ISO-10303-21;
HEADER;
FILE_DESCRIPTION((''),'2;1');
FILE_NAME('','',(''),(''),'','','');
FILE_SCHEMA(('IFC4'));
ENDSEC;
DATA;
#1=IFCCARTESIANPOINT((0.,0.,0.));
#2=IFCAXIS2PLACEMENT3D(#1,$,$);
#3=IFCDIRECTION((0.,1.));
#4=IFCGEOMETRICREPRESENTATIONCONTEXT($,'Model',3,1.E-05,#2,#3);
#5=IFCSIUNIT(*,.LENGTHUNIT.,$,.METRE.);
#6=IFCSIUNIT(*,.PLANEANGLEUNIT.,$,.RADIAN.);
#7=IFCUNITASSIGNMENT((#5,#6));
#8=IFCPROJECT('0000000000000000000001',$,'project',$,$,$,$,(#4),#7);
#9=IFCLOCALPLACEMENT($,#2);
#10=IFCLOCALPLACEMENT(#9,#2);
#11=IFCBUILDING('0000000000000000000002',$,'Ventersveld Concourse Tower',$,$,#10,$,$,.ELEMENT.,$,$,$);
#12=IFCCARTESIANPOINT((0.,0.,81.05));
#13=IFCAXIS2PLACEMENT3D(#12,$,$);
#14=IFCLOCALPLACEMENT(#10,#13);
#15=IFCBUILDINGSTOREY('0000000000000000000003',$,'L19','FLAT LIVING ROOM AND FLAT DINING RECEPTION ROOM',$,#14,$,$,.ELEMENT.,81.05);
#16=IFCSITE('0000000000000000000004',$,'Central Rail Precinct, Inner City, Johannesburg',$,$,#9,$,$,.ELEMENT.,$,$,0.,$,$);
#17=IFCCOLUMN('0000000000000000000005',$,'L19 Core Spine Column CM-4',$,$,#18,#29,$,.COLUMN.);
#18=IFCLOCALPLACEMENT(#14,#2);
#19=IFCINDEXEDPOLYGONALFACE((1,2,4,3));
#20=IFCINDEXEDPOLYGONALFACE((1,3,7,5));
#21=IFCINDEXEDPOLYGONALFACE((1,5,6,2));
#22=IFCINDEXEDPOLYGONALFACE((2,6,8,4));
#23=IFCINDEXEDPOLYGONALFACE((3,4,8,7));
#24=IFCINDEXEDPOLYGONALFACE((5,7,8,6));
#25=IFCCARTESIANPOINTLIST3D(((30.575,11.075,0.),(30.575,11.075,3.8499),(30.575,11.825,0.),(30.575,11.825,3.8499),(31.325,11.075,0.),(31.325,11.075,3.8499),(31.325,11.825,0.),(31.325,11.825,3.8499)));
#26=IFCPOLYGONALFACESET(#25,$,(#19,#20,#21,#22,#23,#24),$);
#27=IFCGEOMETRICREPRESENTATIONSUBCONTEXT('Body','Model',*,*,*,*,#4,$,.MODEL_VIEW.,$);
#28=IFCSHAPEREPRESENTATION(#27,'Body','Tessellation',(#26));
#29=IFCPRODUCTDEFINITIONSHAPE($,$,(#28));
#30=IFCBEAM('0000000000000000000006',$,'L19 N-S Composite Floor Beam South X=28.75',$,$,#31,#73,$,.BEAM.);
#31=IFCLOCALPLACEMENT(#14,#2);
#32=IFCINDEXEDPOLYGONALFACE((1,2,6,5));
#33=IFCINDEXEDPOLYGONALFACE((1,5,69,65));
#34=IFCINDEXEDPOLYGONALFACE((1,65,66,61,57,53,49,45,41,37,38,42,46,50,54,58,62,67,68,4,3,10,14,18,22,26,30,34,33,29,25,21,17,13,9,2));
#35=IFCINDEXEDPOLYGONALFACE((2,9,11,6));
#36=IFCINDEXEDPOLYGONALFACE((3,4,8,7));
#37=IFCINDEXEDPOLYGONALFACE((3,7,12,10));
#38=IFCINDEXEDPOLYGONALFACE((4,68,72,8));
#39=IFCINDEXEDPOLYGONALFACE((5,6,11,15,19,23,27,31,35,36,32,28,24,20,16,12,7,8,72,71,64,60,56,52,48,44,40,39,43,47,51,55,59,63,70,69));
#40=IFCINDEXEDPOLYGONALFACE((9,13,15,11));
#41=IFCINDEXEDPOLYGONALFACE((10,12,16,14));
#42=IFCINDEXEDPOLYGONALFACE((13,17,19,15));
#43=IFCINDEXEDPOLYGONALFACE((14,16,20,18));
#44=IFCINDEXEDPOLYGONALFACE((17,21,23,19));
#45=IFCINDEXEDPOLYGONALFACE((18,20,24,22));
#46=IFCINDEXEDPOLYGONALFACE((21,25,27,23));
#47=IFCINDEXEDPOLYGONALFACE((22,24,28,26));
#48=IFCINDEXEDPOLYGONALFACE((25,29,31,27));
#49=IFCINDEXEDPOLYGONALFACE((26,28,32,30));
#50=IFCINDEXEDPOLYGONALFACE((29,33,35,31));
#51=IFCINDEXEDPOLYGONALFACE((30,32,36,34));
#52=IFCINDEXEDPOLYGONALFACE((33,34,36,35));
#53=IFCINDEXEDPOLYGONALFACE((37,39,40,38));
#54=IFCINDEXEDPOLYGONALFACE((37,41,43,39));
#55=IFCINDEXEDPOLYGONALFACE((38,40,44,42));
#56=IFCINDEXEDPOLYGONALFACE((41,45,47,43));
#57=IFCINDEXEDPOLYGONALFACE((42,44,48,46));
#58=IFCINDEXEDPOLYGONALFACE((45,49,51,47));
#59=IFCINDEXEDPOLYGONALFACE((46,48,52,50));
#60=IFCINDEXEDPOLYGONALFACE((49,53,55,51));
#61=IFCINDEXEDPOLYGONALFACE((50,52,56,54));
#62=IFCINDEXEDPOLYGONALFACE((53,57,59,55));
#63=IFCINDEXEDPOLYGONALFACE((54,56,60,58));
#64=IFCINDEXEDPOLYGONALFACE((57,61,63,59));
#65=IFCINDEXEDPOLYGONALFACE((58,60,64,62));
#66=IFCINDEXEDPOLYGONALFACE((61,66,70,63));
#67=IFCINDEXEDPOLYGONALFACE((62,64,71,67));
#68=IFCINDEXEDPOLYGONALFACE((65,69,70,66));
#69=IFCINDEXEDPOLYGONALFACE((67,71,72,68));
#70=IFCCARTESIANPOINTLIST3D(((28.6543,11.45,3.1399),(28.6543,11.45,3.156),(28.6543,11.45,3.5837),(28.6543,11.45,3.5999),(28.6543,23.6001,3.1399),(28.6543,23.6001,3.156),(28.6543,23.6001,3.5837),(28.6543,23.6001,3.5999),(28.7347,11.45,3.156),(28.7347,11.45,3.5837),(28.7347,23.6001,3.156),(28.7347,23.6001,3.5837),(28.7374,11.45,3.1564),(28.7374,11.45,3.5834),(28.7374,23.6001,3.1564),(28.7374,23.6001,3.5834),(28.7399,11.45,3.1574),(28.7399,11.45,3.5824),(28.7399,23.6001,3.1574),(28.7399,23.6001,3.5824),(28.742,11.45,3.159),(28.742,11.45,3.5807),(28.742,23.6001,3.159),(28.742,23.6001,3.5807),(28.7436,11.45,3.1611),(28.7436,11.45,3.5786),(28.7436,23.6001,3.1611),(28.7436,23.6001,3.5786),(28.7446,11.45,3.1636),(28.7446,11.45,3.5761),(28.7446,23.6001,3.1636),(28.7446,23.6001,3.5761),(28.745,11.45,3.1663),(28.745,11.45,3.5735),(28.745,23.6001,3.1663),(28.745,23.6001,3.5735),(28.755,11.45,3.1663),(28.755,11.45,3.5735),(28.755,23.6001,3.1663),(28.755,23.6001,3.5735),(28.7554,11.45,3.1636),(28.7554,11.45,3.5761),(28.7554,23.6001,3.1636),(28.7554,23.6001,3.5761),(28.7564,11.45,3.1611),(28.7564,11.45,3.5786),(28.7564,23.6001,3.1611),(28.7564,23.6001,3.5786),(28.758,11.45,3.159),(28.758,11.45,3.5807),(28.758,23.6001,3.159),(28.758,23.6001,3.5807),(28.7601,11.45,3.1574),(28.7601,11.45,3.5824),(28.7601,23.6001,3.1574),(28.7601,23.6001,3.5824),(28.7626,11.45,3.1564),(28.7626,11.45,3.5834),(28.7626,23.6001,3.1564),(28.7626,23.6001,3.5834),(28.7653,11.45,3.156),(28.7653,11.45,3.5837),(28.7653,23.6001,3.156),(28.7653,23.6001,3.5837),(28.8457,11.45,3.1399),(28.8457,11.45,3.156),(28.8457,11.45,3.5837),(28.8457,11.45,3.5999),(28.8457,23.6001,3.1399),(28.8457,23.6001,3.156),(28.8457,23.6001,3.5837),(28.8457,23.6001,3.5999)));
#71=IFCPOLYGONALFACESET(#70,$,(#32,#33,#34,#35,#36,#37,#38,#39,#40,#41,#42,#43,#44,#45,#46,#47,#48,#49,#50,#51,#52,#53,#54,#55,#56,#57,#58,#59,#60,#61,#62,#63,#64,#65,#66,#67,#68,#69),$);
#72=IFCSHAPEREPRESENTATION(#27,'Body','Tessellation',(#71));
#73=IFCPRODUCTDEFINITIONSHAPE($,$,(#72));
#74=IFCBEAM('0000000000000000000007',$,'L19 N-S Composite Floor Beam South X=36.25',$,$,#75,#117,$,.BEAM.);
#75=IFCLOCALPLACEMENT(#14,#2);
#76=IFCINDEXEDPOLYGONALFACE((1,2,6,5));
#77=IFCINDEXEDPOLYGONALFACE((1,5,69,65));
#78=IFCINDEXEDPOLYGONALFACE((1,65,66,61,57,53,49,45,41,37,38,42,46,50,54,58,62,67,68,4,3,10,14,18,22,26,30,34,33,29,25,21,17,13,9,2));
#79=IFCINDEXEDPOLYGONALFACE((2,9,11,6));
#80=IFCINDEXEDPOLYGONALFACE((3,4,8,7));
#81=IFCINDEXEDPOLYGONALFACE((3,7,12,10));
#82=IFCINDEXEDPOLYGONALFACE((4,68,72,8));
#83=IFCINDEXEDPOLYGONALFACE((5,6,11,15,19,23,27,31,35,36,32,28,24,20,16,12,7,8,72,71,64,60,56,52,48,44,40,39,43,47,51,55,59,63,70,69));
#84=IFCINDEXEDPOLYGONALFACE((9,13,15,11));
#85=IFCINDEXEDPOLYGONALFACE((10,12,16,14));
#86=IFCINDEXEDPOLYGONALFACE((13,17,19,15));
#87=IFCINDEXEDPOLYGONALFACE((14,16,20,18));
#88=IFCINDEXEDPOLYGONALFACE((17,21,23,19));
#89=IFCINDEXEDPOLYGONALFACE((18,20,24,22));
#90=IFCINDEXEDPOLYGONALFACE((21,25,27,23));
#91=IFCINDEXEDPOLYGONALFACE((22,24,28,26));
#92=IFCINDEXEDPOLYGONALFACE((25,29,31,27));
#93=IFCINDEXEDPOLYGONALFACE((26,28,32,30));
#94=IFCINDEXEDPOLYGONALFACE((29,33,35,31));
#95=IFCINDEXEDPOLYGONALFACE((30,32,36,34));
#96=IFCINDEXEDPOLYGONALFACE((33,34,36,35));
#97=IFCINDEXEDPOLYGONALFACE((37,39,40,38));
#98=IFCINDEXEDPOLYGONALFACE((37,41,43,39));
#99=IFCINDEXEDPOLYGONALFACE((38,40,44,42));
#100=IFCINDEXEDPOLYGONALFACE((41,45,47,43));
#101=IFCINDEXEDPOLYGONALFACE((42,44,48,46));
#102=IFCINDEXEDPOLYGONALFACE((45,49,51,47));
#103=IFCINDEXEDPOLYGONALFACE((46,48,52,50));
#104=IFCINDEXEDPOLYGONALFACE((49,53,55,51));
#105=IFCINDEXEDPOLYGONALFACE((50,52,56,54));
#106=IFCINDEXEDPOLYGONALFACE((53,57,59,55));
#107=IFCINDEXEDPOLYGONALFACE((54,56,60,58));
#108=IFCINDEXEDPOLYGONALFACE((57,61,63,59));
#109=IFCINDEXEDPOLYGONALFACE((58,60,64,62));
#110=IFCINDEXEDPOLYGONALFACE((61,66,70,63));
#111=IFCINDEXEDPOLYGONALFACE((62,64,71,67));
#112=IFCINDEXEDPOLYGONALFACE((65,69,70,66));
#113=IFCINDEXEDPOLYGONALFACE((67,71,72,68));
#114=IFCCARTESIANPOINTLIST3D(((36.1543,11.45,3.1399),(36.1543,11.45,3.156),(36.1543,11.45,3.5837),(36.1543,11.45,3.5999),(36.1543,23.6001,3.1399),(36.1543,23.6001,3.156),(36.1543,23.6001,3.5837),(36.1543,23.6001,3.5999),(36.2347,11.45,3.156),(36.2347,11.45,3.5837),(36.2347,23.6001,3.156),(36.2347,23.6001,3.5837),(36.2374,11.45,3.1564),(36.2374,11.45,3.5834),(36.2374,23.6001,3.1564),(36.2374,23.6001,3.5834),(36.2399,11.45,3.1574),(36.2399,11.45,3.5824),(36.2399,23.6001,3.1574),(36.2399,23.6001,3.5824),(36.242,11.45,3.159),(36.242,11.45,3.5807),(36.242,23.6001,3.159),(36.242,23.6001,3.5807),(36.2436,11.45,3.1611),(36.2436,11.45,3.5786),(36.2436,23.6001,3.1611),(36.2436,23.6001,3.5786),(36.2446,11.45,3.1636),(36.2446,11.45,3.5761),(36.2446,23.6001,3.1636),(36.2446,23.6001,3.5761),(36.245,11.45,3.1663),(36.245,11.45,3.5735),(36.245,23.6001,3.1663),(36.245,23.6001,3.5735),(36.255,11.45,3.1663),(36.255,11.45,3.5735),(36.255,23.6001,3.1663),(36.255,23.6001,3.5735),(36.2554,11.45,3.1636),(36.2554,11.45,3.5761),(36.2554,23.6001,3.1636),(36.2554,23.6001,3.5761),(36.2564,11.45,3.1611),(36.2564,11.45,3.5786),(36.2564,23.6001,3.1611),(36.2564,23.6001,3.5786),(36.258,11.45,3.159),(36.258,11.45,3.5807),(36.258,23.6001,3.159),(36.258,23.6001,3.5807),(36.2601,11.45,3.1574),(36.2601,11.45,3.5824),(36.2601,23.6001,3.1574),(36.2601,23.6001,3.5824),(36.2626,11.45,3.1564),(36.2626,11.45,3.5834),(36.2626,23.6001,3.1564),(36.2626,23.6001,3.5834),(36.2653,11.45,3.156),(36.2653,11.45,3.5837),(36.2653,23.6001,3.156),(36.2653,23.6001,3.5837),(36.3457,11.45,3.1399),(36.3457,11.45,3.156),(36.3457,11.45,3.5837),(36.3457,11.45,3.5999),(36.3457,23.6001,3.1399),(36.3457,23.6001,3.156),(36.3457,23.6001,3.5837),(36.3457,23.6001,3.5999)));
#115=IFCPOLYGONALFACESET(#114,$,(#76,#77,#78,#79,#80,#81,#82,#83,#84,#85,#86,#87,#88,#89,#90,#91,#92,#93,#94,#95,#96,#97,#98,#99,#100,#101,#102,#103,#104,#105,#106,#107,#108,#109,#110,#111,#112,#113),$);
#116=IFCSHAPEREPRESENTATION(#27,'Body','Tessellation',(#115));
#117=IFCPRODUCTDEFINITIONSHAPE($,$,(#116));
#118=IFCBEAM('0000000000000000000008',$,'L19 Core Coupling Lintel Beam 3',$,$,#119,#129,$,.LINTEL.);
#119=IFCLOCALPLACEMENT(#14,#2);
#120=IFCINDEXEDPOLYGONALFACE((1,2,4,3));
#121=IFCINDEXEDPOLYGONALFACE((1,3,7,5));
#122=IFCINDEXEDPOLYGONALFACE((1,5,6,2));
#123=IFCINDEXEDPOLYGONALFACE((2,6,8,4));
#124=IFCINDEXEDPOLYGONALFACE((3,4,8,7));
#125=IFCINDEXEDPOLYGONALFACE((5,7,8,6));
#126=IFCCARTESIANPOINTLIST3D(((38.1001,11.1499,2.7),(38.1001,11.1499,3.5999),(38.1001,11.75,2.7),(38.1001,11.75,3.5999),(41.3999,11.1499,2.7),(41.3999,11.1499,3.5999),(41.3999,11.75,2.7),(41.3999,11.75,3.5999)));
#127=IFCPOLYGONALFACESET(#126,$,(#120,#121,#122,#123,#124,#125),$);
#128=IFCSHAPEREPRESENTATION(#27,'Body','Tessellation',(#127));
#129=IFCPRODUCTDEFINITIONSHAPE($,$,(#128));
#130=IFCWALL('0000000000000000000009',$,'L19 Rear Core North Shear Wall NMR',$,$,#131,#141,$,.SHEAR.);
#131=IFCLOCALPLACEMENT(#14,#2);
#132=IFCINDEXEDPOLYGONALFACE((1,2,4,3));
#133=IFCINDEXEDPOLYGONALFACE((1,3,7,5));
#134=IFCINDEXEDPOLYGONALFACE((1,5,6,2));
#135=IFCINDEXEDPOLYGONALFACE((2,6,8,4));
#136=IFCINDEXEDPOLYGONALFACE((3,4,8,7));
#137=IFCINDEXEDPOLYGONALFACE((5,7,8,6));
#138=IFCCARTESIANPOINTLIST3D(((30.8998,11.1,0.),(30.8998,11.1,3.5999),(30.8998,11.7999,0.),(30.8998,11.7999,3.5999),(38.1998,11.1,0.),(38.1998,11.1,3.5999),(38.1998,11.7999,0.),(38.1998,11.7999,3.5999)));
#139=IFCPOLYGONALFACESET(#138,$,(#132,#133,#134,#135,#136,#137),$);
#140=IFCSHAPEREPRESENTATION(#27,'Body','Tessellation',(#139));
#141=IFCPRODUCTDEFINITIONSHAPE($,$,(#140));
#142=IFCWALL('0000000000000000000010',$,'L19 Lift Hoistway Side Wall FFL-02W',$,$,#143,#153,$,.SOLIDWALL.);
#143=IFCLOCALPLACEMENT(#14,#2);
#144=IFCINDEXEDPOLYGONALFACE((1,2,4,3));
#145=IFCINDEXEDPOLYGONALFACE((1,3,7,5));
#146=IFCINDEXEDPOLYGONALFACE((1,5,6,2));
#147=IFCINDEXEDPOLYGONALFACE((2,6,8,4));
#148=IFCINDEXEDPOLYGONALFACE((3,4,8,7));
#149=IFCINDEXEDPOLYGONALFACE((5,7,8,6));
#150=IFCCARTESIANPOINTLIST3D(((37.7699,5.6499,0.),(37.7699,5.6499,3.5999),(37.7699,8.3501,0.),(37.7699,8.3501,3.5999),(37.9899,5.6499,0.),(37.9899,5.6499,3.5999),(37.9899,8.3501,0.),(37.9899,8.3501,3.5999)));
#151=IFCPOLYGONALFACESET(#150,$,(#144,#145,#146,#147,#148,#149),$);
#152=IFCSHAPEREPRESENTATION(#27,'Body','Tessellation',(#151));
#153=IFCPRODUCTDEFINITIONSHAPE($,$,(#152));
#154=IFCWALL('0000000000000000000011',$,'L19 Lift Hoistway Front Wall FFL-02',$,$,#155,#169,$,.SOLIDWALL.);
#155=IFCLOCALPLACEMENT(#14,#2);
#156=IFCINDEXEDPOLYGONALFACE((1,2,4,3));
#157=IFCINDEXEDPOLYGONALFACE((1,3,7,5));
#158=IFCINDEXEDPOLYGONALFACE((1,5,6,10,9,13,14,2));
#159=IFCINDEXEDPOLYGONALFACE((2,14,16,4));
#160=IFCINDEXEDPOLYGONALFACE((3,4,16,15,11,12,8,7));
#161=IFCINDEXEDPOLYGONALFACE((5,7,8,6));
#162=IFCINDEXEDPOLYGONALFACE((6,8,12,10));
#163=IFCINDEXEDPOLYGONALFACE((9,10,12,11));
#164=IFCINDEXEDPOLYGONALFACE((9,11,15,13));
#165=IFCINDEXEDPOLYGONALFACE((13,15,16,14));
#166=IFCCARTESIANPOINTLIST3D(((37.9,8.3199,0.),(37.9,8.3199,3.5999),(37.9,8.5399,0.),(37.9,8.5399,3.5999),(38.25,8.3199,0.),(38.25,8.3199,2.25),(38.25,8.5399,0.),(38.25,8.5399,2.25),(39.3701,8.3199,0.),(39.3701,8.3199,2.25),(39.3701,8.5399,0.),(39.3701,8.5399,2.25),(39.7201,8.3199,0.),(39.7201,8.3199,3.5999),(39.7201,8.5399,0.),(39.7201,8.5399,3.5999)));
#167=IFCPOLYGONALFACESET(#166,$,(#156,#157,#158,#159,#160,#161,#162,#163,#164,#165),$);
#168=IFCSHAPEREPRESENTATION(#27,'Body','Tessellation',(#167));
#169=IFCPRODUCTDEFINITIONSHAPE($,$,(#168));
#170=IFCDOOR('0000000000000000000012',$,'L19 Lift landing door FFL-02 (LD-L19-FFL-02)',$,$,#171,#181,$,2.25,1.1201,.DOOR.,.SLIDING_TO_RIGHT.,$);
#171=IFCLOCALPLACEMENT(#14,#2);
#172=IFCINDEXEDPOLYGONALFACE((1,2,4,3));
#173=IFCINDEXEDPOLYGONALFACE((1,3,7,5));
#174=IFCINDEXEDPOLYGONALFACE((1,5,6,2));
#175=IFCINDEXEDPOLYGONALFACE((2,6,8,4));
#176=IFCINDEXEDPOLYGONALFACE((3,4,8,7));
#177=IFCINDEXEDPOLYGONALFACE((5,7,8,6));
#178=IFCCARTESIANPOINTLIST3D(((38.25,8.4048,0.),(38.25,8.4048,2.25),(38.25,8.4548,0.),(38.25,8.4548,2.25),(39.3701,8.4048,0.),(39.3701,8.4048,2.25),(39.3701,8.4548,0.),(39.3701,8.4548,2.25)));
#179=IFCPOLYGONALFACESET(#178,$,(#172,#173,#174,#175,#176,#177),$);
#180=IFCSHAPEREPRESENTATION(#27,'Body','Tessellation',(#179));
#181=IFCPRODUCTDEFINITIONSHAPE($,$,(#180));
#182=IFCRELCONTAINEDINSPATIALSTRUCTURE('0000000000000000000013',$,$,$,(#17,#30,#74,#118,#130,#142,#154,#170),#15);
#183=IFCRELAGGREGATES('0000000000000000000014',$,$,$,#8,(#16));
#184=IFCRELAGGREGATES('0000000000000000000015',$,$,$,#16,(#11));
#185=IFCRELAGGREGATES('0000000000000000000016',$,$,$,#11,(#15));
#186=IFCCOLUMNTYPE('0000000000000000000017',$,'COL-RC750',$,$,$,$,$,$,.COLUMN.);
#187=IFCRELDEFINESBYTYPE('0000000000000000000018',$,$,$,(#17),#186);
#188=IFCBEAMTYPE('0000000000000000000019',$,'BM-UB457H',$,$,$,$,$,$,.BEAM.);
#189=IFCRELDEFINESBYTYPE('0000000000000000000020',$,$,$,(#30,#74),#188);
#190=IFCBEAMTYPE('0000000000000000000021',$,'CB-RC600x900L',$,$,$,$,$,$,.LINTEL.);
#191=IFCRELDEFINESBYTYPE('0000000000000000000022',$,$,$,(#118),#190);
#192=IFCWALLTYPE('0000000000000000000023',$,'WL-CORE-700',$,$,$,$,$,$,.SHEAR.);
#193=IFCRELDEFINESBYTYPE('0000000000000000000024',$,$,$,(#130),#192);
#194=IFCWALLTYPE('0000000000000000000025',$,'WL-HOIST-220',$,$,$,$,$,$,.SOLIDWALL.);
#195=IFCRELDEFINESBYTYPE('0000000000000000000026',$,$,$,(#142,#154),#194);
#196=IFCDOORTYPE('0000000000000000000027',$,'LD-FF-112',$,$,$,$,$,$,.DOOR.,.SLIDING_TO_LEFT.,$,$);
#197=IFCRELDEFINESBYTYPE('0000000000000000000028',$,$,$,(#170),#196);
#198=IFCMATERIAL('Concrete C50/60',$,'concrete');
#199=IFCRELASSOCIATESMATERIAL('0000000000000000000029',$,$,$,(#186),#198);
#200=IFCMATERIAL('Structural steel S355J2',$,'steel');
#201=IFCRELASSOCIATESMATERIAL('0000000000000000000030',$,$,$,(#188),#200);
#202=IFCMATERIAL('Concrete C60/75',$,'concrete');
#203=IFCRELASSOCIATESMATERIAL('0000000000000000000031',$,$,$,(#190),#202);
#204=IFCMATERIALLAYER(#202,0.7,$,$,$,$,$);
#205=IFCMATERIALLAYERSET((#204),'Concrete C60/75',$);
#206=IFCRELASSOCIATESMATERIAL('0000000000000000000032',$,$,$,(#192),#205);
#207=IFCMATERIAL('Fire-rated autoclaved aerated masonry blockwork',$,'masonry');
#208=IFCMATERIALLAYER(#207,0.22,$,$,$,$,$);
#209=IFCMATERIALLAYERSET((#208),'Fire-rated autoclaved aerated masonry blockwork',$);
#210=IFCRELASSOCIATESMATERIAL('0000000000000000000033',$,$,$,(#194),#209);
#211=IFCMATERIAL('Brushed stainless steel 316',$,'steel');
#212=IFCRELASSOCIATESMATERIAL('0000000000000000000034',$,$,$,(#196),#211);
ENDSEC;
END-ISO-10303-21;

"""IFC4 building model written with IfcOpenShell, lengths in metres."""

from ifc_helpers import new_model, si_unit, direction, frame, frame_2d, origin, origin_2d, place, context, subcontext, project, spatial, rectangle, i_section, extrude, material, layer, layer_set, material_profile, profile_set, type_object, element, fill, save


model = new_model("IFC4")

# Units and contexts
model_context = context("Model", 3, precision=1e-05, world=origin(), true_north=direction((0.0, 1.0)))
body_context = subcontext(model_context, "Body", "Model", "MODEL_VIEW")
ifc_project = project(units=[si_unit("LENGTHUNIT", "METRE"), si_unit("PLANEANGLEUNIT", "RADIAN")], contexts=[model_context])

# Site, building, storey
site_placement = place(None, origin())
site = spatial("IfcSite", under=ifc_project, at=site_placement, Name="Central Rail Precinct, Inner City, Johannesburg", CompositionType="ELEMENT", RefElevation=0.0)
building_placement = place(site_placement, origin())
building = spatial("IfcBuilding", under=site, at=building_placement, Name="Ventersveld Concourse Tower", CompositionType="ELEMENT")
storey_placement = place(building_placement, frame((0.0, 0.0, 81.05)))
storey = spatial("IfcBuildingStorey", under=building, at=storey_placement, Name="L19", Description="FLAT LIVING ROOM AND FLAT DINING RECEPTION ROOM", CompositionType="ELEMENT", Elevation=81.05)

# Column
ifc_material_1 = material(Name="Concrete C50/60", Category="concrete")
ifc_material_profile_1 = material_profile(ifc_material_1, rectangle(XDim=0.75, YDim=0.75, at=origin_2d()), Name="RC 750x750")
ifc_profile_set_1 = profile_set([ifc_material_profile_1], Name="Concrete C50/60")
column_type = type_object("IfcColumnType", Name="COL-RC750", PredefinedType="COLUMN", material=ifc_profile_set_1)
column_placement = place(storey_placement, frame((30.95, 11.45, 0.0), z_axis=(0.0, 0.0, 1.0), x_axis=(1.0, 0.0, 0.0)))
element("IfcColumn", 1, at=column_placement, inside=storey, type_object=column_type, Name="L19 Core Spine Column CM-4", PredefinedType="COLUMN", context=body_context, shape_type="SweptSolid", body=[
    extrude(rectangle(XDim=0.75, YDim=0.75, at=origin_2d()), origin(), (0.0, 0.0, 1.0), 3.8499),
])

# Beams
ifc_material_2 = material(Name="Structural steel S355J2", Category="steel")
ifc_material_profile_2 = material_profile(ifc_material_2, i_section(OverallWidth=0.1914, OverallDepth=0.46, WebThickness=0.01, FlangeThickness=0.0161, FilletRadius=0.0103, at=origin_2d()), Name="UB 457x191x82")
ifc_profile_set_2 = profile_set([ifc_material_profile_2], Name="Structural steel S355J2")
beam_type_1 = type_object("IfcBeamType", Name="BM-UB457H", PredefinedType="BEAM", material=ifc_profile_set_2)
for number, where, z_axis, x_axis, name in (
    (2, (28.75, 11.45, 3.3699), (0.0, 1.0, 0.0), (-1.0, 0.0, 0.0), "L19 N-S Composite Floor Beam South X=28.75"),
    (3, (36.25, 11.45, 3.3699), (0.0, 1.0, 0.0), (-1.0, 0.0, 0.0), "L19 N-S Composite Floor Beam South X=36.25"),
):
    element("IfcBeam", number, at=place(storey_placement, frame(where, z_axis=z_axis, x_axis=x_axis)), inside=storey, type_object=beam_type_1, Name=name, PredefinedType="BEAM", context=body_context, shape_type="SweptSolid", body=[
        extrude(i_section(OverallWidth=0.1914, OverallDepth=0.46, WebThickness=0.01, FlangeThickness=0.0161, FilletRadius=0.0103, at=origin_2d()), origin(), (0.0, 0.0, 1.0), 12.1501),
    ])
ifc_material_3 = material(Name="Concrete C60/75", Category="concrete")
ifc_material_profile_3 = material_profile(ifc_material_3, rectangle(XDim=0.6001, YDim=0.8999, at=origin_2d()), Name="RC 600x900")
ifc_profile_set_3 = profile_set([ifc_material_profile_3], Name="Concrete C60/75")
beam_type_2 = type_object("IfcBeamType", Name="CB-RC600x900L", PredefinedType="LINTEL", material=ifc_profile_set_3)
beam_placement = place(storey_placement, frame((38.1001, 11.45, 3.1499), z_axis=(1.0, 0.0, 0.0), x_axis=(0.0, 1.0, 0.0)))
element("IfcBeam", 4, at=beam_placement, inside=storey, type_object=beam_type_2, Name="L19 Core Coupling Lintel Beam 3", PredefinedType="LINTEL", context=body_context, shape_type="SweptSolid", body=[
    extrude(rectangle(XDim=0.6001, YDim=0.8999, at=origin_2d()), origin(), (0.0, 0.0, 1.0), 3.2998),
])

# Walls
ifc_layer_1 = layer(ifc_material_3, 0.7)
ifc_layer_set_1 = layer_set([ifc_layer_1], Name="Concrete C60/75")
wall_type_1 = type_object("IfcWallType", Name="WL-CORE-700", PredefinedType="SHEAR", material=ifc_layer_set_1)
wall_1_placement = place(storey_placement, frame((30.8999, 11.45, 0.0), z_axis=(0.0, 0.0, 1.0), x_axis=(1.0, 0.0, 0.0)))
element("IfcWall", 5, at=wall_1_placement, inside=storey, type_object=wall_type_1, Name="L19 Rear Core North Shear Wall NMR", PredefinedType="SHEAR", context=body_context, shape_type="SweptSolid", body=[
    extrude(rectangle(XDim=7.3, YDim=0.7, at=frame_2d((3.6499, 0.0))), origin(), (0.0, 0.0, 1.0), 3.5999),
])
ifc_material_4 = material(Name="Fire-rated autoclaved aerated masonry blockwork", Category="masonry")
ifc_layer_2 = layer(ifc_material_4, 0.22)
ifc_layer_set_2 = layer_set([ifc_layer_2], Name="Fire-rated autoclaved aerated masonry blockwork")
wall_type_2 = type_object("IfcWallType", Name="WL-HOIST-220", PredefinedType="SOLIDWALL", material=ifc_layer_set_2)
wall_2_placement = place(storey_placement, frame((37.8799, 5.6499, 0.0), z_axis=(0.0, 0.0, 1.0), x_axis=(0.0, 1.0, 0.0)))
element("IfcWall", 6, at=wall_2_placement, inside=storey, type_object=wall_type_2, Name="L19 Lift Hoistway Side Wall FFL-02W", PredefinedType="SOLIDWALL", context=body_context, shape_type="SweptSolid", body=[
    extrude(rectangle(XDim=2.7002, YDim=0.22, at=frame_2d((1.3501, 0.0))), origin(), (0.0, 0.0, 1.0), 3.5999),
])

# Wall, opening, door
wall_3_placement = place(storey_placement, frame((37.8999, 8.4299, 0.0), z_axis=(0.0, 0.0, 1.0), x_axis=(1.0, 0.0, 0.0)))
wall_3 = element("IfcWall", 7, at=wall_3_placement, inside=storey, type_object=wall_type_2, Name="L19 Lift Hoistway Front Wall FFL-02", PredefinedType="SOLIDWALL", context=body_context, shape_type="SweptSolid", body=[
    extrude(rectangle(XDim=1.8201, YDim=0.22, at=frame_2d((0.9102, 0.0))), origin(), (0.0, 0.0, 1.0), 3.5999),
])
opening_1_placement = place(wall_3_placement, frame((0.3501, 0.0, 0.0)))
opening_1 = element("IfcOpeningElement", 8, at=opening_1_placement, cuts=wall_3, PredefinedType="OPENING", context=body_context, shape_type="SweptSolid", body=[
    extrude(rectangle(XDim=1.1201, YDim=2.25, at=frame_2d((0.5601, 1.125))), frame((0.0, 0.1201, 0.0), z_axis=(0.0, -1.0, 0.0), x_axis=(1.0, 0.0, 0.0)), (0.0, 0.0, 1.0), 0.24),
])
ifc_material_5 = material(Name="Brushed stainless steel 316", Category="steel")
door_type_1 = type_object("IfcDoorType", Name="LD-FF-112", OperationType="SLIDING_TO_LEFT", PredefinedType="DOOR", material=ifc_material_5)
door_1_placement = place(opening_1_placement, origin())
door_1 = element("IfcDoor", 9, at=door_1_placement, inside=storey, type_object=door_type_1, Name="L19 Lift landing door FFL-02 (LD-L19-FFL-02)", OperationType="SLIDING_TO_RIGHT", OverallHeight=2.25, OverallWidth=1.1201, PredefinedType="DOOR", context=body_context, shape_type="SweptSolid", body=[
    extrude(rectangle(XDim=1.1201, YDim=2.25, at=frame_2d((0.5601, 1.125))), frame((0.0, 0.0249, 0.0), z_axis=(0.0, -1.0, 0.0), x_axis=(1.0, 0.0, 0.0)), (0.0, 0.0, 1.0), 0.05),
])
fill(opening_1, door_1)

save(model, "model.ifc")
